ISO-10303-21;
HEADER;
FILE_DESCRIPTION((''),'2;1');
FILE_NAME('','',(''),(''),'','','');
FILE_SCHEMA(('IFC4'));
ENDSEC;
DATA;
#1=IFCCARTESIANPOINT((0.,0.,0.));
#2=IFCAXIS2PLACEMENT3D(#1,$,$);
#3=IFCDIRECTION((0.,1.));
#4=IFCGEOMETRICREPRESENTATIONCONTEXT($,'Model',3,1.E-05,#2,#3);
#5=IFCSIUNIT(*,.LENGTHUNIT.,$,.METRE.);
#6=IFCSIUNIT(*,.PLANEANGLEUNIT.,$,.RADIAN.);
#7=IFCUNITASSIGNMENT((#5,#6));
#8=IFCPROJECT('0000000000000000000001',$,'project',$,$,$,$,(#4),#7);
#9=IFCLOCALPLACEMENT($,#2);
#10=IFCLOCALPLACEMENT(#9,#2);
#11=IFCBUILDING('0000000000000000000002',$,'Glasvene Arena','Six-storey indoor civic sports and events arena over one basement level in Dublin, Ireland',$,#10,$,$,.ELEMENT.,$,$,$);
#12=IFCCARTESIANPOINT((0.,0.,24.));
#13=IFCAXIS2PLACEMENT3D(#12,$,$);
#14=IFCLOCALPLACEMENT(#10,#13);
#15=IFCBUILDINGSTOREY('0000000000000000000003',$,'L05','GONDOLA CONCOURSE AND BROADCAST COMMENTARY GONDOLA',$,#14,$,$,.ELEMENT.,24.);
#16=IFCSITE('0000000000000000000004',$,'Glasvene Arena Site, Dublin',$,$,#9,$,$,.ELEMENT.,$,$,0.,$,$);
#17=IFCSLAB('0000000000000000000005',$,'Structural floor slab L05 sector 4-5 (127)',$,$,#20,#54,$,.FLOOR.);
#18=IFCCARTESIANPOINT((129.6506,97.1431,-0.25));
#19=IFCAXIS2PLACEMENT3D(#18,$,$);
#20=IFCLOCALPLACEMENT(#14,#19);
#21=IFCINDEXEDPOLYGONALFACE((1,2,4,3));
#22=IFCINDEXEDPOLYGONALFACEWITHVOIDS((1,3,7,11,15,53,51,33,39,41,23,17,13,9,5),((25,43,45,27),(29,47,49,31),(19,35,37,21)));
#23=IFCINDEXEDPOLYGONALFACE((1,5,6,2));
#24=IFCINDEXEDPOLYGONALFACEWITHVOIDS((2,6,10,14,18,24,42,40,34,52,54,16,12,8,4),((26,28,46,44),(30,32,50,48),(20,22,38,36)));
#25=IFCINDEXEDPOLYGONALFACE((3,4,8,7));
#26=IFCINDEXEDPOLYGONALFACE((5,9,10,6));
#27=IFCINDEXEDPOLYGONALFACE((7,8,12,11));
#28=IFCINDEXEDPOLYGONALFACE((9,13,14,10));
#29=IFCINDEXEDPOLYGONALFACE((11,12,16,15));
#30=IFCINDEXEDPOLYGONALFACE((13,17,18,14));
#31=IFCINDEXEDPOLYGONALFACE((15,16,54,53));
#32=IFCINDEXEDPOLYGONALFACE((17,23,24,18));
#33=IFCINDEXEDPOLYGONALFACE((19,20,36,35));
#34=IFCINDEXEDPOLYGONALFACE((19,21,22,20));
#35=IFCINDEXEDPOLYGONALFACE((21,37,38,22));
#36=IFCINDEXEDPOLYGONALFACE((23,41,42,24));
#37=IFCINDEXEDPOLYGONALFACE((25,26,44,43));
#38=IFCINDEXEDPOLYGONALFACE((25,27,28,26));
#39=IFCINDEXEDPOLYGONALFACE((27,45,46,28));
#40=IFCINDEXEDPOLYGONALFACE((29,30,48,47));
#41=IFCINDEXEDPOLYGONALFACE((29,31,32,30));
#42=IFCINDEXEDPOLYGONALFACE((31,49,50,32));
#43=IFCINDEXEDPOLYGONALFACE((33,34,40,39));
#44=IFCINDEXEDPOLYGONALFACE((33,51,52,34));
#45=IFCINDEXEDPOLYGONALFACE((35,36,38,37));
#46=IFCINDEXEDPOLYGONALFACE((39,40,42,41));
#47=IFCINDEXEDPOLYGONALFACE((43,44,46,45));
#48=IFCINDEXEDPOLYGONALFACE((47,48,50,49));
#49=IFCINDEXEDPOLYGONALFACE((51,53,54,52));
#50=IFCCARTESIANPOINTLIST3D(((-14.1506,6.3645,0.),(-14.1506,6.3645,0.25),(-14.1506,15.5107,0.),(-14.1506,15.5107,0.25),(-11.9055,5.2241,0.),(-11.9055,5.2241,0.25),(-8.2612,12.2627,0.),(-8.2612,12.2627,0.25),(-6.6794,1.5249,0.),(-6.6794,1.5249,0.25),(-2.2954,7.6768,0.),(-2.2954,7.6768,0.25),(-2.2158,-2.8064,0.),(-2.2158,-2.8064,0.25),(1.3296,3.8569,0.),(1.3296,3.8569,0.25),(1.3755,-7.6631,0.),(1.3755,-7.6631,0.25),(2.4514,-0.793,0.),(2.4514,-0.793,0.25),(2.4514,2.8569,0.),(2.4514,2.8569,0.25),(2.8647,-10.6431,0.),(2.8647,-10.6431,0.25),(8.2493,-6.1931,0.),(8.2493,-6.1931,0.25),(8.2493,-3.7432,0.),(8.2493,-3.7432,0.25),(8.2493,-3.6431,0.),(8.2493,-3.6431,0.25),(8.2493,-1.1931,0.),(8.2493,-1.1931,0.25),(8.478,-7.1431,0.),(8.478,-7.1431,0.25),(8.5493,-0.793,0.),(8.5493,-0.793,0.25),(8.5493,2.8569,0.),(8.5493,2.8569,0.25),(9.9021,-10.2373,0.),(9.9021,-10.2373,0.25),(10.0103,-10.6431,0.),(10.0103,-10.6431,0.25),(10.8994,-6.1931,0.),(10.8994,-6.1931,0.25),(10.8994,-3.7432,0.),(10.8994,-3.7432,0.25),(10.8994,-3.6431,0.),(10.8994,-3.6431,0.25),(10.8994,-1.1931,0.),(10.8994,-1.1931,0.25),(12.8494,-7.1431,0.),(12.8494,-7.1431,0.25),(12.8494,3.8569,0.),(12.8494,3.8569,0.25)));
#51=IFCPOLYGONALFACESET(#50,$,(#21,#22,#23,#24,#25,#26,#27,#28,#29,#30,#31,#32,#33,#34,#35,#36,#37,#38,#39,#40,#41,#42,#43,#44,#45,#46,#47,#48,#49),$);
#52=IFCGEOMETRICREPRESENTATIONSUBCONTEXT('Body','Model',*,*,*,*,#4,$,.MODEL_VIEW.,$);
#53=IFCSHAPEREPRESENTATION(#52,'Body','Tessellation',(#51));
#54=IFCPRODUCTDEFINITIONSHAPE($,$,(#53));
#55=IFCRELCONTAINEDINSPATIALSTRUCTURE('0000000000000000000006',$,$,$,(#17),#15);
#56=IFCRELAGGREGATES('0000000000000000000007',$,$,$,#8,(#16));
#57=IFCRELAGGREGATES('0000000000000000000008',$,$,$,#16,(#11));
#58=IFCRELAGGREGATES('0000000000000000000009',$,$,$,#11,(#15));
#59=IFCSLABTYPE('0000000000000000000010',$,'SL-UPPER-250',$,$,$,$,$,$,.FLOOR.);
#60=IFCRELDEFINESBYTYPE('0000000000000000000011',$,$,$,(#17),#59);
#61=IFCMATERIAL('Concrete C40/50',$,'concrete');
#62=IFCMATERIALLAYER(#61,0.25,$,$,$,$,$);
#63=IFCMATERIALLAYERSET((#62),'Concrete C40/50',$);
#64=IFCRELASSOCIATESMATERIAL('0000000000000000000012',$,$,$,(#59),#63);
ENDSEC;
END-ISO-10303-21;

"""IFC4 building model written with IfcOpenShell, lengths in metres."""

from ifc_helpers import new_model, si_unit, direction, frame, origin, place, context, subcontext, project, spatial, polyline, outline, extrude, material, layer, layer_set, type_object, element, save


model = new_model("IFC4")

# Units and contexts
model_context = context("Model", 3, precision=1e-05, world=origin(), true_north=direction((0.0, 1.0)))
body_context = subcontext(model_context, "Body", "Model", "MODEL_VIEW")
ifc_project = project(units=[si_unit("LENGTHUNIT", "METRE"), si_unit("PLANEANGLEUNIT", "RADIAN")], contexts=[model_context])

# Site, building, storey
site_placement = place(None, origin())
site = spatial("IfcSite", under=ifc_project, at=site_placement, Name="Glasvene Arena Site, Dublin", CompositionType="ELEMENT", RefElevation=0.0)
building_placement = place(site_placement, origin())
building = spatial("IfcBuilding", under=site, at=building_placement, Name="Glasvene Arena", Description="Six-storey indoor civic sports and events arena over one basement level in Dublin, Ireland", CompositionType="ELEMENT")
storey_placement = place(building_placement, frame((0.0, 0.0, 24.0)))
storey = spatial("IfcBuildingStorey", under=building, at=storey_placement, Name="L05", Description="GONDOLA CONCOURSE AND BROADCAST COMMENTARY GONDOLA", CompositionType="ELEMENT", Elevation=24.0)

# Slab
ifc_material_1 = material(Name="Concrete C40/50", Category="concrete")
ifc_layer_1 = layer(ifc_material_1, 0.25)
ifc_layer_set_1 = layer_set([ifc_layer_1], Name="Concrete C40/50")
slab_type = type_object("IfcSlabType", Name="SL-UPPER-250", PredefinedType="FLOOR", material=ifc_layer_set_1)
slab_placement = place(storey_placement, frame((129.6506, 97.1431, -0.25)))
element("IfcSlab", 1, at=slab_placement, inside=storey, type_object=slab_type, Name="Structural floor slab L05 sector 4-5 (127)", PredefinedType="FLOOR", context=body_context, shape_type="SweptSolid", body=[
    extrude(outline(polyline([(-2.2954, 7.6768), (1.3296, 3.8569), (12.8494, 3.8569), (12.8494, -7.1431), (8.478, -7.1431), (9.9021, -10.2373), (10.0103, -10.6431), (2.8647, -10.6431), (1.3755, -7.6631), (-2.2158, -2.8064), (-6.6794, 1.5249), (-11.9055, 5.2241), (-14.1506, 6.3645), (-14.1506, 15.5107), (-8.2612, 12.2627), (-2.2954, 7.6768)]), holes=[polyline([(10.8994, -3.7432), (8.2493, -3.7432), (8.2493, -6.1931), (10.8994, -6.1931), (10.8994, -3.7432)]), polyline([(10.8994, -1.1931), (8.2493, -1.1931), (8.2493, -3.6431), (10.8994, -3.6431), (10.8994, -1.1931)]), polyline([(8.5493, 2.8569), (2.4514, 2.8569), (2.4514, -0.793), (8.5493, -0.793), (8.5493, 2.8569)])]), origin(), (0.0, 0.0, 1.0), 0.25),
])

save(model, "model.ifc")
